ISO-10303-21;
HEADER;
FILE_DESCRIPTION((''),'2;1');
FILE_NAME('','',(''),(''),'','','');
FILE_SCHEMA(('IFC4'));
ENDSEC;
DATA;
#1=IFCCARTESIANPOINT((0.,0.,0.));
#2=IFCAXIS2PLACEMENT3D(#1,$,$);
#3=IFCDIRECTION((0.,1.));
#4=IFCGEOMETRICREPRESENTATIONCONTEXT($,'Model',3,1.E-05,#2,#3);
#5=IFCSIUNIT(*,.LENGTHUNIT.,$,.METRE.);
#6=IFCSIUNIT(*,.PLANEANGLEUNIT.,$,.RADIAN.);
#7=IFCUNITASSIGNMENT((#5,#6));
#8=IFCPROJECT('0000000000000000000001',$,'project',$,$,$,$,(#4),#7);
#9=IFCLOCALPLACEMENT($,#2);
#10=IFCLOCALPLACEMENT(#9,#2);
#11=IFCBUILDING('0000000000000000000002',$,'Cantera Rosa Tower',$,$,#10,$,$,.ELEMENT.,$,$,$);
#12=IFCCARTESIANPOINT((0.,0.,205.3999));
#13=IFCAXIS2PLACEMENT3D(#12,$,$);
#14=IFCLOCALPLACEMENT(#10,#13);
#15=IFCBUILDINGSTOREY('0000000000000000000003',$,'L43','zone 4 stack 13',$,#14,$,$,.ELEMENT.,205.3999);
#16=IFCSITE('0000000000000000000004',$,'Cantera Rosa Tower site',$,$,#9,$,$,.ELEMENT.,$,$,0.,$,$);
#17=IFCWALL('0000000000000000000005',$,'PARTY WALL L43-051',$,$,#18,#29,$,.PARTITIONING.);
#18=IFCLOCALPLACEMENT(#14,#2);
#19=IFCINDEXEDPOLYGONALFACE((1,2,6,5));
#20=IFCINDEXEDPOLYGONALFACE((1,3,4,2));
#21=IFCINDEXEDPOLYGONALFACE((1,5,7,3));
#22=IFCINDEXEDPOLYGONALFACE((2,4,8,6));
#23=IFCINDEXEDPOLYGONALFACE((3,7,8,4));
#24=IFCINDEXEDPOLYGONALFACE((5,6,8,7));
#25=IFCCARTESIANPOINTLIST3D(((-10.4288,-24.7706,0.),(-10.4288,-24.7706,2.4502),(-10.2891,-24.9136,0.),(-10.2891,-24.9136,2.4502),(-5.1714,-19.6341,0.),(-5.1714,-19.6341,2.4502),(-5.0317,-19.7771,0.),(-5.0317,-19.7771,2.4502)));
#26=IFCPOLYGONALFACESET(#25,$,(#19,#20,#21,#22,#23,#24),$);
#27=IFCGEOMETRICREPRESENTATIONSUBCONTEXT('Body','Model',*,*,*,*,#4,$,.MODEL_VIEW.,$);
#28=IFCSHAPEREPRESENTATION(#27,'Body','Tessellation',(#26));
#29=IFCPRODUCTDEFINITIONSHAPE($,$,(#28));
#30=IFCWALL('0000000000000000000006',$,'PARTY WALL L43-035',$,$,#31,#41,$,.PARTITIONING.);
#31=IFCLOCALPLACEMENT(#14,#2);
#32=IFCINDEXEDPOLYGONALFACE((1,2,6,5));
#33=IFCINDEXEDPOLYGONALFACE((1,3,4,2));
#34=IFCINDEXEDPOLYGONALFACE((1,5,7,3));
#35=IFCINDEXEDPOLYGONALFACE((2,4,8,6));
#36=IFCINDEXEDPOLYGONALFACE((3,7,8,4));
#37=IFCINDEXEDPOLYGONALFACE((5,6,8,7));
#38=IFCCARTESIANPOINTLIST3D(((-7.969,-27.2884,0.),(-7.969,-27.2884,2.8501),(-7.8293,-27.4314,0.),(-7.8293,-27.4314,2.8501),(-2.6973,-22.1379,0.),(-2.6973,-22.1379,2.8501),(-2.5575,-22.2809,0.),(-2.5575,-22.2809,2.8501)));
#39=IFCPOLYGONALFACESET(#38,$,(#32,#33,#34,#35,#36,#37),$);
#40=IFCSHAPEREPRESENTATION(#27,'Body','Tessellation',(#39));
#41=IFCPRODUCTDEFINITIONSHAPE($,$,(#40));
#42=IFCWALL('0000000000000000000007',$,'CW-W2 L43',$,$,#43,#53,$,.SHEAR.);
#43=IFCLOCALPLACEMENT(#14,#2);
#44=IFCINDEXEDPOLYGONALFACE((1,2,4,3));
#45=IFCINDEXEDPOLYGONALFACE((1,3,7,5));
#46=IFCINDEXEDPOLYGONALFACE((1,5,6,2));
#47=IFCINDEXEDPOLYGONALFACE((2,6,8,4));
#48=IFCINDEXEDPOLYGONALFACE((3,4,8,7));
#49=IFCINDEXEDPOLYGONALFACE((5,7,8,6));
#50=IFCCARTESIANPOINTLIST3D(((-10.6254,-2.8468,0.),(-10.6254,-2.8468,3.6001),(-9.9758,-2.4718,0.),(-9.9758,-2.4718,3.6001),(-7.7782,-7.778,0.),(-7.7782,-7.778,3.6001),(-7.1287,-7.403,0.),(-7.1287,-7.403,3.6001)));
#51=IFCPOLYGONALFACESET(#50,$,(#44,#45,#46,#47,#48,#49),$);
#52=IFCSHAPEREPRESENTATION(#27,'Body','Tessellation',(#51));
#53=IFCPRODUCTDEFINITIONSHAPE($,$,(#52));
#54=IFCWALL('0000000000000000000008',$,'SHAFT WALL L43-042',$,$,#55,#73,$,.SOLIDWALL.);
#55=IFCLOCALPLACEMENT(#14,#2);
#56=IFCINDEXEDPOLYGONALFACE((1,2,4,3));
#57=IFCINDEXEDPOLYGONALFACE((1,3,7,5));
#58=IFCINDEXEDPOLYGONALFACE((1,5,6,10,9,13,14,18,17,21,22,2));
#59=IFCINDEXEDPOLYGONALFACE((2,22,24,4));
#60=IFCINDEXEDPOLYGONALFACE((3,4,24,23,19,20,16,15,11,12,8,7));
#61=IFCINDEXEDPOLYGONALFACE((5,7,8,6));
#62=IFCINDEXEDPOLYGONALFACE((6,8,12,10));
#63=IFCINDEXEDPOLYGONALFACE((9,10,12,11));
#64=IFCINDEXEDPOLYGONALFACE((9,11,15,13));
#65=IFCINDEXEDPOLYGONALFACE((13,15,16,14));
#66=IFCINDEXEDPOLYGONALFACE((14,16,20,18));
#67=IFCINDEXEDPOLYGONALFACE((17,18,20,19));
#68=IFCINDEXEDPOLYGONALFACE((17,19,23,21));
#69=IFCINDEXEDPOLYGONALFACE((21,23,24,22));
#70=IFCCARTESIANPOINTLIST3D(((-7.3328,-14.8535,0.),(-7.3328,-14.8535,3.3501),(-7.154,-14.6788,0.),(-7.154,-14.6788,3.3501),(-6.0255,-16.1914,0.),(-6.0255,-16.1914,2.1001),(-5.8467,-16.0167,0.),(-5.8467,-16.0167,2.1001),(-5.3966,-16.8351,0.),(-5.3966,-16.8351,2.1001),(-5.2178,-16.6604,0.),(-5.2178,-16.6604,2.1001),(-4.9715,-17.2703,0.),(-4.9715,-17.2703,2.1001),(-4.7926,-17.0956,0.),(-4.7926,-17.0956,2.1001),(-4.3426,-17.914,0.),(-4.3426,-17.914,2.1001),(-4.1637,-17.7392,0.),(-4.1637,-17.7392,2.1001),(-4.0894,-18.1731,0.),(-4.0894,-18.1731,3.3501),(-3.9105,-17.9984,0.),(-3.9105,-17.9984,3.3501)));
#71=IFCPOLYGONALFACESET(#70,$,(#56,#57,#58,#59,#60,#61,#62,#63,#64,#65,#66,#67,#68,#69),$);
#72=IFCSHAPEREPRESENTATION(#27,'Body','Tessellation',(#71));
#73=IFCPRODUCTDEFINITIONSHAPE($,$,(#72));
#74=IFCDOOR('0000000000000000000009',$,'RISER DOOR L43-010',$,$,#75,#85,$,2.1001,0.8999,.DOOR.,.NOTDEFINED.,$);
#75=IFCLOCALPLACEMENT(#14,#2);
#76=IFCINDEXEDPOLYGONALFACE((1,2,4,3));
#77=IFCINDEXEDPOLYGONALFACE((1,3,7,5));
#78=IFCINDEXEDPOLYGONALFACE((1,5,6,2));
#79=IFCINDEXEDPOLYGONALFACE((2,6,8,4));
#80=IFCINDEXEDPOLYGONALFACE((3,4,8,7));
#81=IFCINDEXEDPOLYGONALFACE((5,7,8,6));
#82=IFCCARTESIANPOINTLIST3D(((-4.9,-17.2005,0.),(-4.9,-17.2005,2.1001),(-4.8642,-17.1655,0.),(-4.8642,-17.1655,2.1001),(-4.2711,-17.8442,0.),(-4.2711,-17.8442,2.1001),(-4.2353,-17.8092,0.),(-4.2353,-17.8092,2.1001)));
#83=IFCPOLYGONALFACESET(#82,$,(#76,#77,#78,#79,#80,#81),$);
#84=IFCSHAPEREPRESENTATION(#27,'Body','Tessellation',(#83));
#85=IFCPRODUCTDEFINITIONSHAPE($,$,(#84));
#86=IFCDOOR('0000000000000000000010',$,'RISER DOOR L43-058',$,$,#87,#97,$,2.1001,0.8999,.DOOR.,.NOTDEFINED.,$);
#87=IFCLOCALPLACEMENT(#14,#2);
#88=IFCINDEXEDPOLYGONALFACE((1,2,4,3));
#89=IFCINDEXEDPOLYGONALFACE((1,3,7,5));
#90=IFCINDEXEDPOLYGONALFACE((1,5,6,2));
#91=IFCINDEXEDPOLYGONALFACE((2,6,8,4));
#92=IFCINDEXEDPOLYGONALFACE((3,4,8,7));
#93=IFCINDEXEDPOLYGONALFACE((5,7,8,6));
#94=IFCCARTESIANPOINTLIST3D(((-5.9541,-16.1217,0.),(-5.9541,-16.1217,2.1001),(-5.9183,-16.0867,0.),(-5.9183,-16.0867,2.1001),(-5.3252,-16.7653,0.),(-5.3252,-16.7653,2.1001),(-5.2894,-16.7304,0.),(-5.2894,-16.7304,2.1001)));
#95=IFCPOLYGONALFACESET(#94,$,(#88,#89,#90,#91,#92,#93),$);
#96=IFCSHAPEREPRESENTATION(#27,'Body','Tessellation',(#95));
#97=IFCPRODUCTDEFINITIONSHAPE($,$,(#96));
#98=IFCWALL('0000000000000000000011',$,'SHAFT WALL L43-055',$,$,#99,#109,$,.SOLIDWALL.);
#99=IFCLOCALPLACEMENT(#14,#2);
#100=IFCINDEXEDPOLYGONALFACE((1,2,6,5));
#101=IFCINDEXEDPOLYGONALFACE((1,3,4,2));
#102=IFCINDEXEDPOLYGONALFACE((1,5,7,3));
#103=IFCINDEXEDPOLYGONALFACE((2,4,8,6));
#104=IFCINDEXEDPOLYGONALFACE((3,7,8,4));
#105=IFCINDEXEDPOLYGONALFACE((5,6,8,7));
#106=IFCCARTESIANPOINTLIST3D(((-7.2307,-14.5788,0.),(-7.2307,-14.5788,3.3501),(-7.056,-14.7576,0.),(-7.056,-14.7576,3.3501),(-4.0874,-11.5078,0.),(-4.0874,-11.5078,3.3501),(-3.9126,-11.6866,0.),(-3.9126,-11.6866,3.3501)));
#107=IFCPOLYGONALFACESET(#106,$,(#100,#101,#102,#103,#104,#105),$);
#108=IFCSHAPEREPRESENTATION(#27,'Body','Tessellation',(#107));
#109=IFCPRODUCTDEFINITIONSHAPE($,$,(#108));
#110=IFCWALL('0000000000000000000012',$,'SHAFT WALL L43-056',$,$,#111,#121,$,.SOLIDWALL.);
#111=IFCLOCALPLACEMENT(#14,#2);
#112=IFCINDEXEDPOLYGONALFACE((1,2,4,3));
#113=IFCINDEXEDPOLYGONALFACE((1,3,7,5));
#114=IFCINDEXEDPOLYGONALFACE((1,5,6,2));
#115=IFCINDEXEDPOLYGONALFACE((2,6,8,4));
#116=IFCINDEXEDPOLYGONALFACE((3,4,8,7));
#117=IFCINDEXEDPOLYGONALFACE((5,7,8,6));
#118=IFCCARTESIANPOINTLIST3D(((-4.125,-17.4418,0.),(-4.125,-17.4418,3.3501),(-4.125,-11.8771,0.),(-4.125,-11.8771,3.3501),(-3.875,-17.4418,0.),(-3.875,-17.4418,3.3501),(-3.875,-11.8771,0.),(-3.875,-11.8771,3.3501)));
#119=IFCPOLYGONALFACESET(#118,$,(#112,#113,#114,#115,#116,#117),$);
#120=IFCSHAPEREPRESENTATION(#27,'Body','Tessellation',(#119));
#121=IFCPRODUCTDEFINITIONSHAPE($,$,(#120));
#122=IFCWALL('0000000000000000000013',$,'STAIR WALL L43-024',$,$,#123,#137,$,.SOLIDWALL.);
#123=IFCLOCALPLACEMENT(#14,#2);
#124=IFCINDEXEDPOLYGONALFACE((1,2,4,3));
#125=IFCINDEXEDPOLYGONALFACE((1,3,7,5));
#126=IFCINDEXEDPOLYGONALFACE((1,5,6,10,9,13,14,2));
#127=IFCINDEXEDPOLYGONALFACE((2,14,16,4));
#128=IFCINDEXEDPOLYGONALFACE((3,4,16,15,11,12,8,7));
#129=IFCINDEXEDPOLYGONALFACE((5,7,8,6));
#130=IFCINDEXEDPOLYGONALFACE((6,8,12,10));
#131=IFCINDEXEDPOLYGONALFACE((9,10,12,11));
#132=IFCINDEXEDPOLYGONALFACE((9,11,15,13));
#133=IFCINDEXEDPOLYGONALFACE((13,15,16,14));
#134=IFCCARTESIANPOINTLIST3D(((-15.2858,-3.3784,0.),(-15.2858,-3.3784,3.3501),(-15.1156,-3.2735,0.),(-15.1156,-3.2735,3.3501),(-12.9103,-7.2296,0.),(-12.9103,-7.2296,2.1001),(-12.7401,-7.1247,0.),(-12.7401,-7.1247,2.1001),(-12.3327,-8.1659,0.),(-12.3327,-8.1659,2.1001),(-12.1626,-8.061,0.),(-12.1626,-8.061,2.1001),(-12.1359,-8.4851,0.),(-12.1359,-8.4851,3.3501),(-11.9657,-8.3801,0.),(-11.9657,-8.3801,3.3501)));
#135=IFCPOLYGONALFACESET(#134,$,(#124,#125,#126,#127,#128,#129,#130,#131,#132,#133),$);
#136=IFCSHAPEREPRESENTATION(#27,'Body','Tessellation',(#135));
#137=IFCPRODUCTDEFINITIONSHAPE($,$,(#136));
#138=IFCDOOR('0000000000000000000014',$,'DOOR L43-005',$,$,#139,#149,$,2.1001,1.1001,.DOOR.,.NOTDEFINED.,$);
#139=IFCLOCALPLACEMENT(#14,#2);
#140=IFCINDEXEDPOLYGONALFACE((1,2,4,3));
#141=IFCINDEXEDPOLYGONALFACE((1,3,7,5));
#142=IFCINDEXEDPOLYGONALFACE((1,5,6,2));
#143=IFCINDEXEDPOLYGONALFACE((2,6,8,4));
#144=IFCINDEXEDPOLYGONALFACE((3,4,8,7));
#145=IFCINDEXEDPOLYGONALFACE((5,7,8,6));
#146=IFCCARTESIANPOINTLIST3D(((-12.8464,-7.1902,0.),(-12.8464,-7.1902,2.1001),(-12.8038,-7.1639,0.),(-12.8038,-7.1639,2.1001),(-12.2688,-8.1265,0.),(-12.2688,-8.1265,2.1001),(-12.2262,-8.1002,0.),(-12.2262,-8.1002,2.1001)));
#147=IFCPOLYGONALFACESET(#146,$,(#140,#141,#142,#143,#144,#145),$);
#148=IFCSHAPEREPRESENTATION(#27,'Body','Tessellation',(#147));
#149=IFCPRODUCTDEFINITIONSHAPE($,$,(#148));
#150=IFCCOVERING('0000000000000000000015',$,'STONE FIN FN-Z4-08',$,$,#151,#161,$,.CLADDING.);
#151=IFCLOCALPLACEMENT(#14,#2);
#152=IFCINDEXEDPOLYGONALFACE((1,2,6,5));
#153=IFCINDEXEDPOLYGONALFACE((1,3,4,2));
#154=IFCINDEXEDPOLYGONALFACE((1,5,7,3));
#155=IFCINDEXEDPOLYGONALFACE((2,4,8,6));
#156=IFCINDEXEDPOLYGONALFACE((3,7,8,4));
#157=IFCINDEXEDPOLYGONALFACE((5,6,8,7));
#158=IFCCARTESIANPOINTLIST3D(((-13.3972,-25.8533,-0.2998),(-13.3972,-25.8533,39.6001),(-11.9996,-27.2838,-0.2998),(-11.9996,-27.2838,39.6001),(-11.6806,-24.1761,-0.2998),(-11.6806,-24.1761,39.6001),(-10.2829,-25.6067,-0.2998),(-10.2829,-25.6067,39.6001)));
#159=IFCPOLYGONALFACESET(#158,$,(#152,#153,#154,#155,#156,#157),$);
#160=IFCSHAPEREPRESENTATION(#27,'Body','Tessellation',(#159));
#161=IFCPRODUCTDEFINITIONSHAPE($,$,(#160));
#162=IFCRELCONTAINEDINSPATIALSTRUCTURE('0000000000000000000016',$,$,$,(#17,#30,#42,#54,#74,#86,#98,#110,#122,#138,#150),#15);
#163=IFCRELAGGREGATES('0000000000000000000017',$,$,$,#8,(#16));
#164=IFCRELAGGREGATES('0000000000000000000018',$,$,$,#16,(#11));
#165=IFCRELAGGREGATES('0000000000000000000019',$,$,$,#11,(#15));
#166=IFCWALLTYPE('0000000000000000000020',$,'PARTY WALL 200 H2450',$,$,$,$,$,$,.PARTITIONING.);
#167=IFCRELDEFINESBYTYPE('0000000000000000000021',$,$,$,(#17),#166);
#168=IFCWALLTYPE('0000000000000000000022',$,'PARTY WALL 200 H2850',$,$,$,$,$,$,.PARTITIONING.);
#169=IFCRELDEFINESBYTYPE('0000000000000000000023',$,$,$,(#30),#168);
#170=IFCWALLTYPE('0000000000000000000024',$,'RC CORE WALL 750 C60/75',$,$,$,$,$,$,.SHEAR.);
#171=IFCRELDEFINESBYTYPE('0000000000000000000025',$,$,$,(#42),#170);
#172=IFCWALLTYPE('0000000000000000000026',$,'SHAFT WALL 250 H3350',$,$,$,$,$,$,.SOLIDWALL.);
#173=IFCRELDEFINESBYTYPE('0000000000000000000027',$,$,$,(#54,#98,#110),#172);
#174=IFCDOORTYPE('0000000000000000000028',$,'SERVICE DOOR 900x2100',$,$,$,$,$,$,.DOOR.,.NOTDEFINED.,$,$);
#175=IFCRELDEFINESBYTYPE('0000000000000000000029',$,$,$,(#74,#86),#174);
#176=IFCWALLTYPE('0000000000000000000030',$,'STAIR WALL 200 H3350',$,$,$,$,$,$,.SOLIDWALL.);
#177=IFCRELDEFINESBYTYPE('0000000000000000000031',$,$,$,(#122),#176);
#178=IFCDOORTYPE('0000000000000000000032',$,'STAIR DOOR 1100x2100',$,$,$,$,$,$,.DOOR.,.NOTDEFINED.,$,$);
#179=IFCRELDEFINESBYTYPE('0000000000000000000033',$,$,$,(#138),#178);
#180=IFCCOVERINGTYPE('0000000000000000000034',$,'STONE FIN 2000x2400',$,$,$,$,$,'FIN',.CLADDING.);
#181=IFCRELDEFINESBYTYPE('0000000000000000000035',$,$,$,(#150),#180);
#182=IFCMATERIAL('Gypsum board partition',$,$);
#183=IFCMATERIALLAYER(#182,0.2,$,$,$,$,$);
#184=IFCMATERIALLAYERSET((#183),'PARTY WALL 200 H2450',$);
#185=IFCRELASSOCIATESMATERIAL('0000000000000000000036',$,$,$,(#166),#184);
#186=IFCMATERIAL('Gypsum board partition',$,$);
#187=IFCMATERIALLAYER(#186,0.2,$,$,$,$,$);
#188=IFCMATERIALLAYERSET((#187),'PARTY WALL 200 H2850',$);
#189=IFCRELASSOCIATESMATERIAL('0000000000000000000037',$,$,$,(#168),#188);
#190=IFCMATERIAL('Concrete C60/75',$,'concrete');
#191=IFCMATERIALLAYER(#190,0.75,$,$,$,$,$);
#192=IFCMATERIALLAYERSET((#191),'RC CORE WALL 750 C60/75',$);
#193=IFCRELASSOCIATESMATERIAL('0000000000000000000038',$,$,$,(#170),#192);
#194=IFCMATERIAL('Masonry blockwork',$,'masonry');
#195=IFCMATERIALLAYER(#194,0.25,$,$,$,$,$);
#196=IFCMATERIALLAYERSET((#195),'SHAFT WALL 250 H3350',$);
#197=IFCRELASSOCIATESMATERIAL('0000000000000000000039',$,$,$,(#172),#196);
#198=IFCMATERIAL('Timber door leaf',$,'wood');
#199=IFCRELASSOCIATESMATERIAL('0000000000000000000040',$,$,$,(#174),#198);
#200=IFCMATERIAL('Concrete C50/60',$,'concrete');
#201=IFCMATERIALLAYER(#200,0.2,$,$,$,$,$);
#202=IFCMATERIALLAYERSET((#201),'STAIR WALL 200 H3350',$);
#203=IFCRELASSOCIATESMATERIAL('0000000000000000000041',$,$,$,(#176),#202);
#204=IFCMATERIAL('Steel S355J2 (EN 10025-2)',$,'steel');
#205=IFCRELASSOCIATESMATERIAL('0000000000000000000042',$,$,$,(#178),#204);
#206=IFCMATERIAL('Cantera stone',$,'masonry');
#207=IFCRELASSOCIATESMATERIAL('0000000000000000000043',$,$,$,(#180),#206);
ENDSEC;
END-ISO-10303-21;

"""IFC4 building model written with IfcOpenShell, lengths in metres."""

from ifc_helpers import new_model, si_unit, direction, frame, frame_2d, origin, origin_2d, place, context, subcontext, project, spatial, rectangle, extrude, material, layer, layer_set, type_object, element, fill, save


model = new_model("IFC4")

# Units and contexts
model_context = context("Model", 3, precision=1e-05, world=origin(), true_north=direction((0.0, 1.0)))
body_context = subcontext(model_context, "Body", "Model", "MODEL_VIEW")
ifc_project = project(units=[si_unit("LENGTHUNIT", "METRE"), si_unit("PLANEANGLEUNIT", "RADIAN")], contexts=[model_context])

# Site, building, storey
site_placement = place(None, origin())
site = spatial("IfcSite", under=ifc_project, at=site_placement, Name="Cantera Rosa Tower site", CompositionType="ELEMENT", RefElevation=0.0)
building_placement = place(site_placement, origin())
building = spatial("IfcBuilding", under=site, at=building_placement, Name="Cantera Rosa Tower", CompositionType="ELEMENT")
storey_placement = place(building_placement, frame((0.0, 0.0, 205.3999)))
storey = spatial("IfcBuildingStorey", under=building, at=storey_placement, Name="L43", Description="zone 4 stack 13", CompositionType="ELEMENT", Elevation=205.3999)

# Walls
ifc_material_1 = material(Name="Gypsum board partition")
ifc_layer_1 = layer(ifc_material_1, 0.2)
ifc_layer_set_1 = layer_set([ifc_layer_1], Name="PARTY WALL 200 H2450")
wall_type_1 = type_object("IfcWallType", Name="PARTY WALL 200 H2450", PredefinedType="PARTITIONING", material=ifc_layer_set_1)
wall_1_placement = place(storey_placement, frame((-5.1016, -19.7056, 0.0), z_axis=(0.0, 0.0, 1.0), x_axis=(-0.71528, -0.698838, 0.0)))
element("IfcWall", 1, at=wall_1_placement, inside=storey, type_object=wall_type_1, Name="PARTY WALL L43-051", PredefinedType="PARTITIONING", context=body_context, shape_type="SweptSolid", body=[
    extrude(rectangle(XDim=7.3501, YDim=0.2, at=frame_2d((3.675, 0.0))), origin(), (0.0, 0.0, 1.0), 2.4502),
])
ifc_material_2 = material(Name="Gypsum board partition")
ifc_layer_2 = layer(ifc_material_2, 0.2)
ifc_layer_set_2 = layer_set([ifc_layer_2], Name="PARTY WALL 200 H2850")
wall_type_2 = type_object("IfcWallType", Name="PARTY WALL 200 H2850", PredefinedType="PARTITIONING", material=ifc_layer_set_2)
wall_2_placement = place(storey_placement, frame((-7.8992, -27.3599, 0.0), z_axis=(0.0, 0.0, 1.0), x_axis=(0.715291, 0.698827, 0.0)))
element("IfcWall", 2, at=wall_2_placement, inside=storey, type_object=wall_type_2, Name="PARTY WALL L43-035", PredefinedType="PARTITIONING", context=body_context, shape_type="SweptSolid", body=[
    extrude(rectangle(XDim=7.3701, YDim=0.2, at=frame_2d((3.6851, 0.0))), origin(), (0.0, 0.0, 1.0), 2.8501),
])
ifc_material_3 = material(Name="Concrete C60/75", Category="concrete")
ifc_layer_3 = layer(ifc_material_3, 0.75)
ifc_layer_set_3 = layer_set([ifc_layer_3], Name="RC CORE WALL 750 C60/75")
wall_type_3 = type_object("IfcWallType", Name="RC CORE WALL 750 C60/75", PredefinedType="SHEAR", material=ifc_layer_set_3)
wall_3_placement = place(storey_placement, frame((-7.4534, -7.5906, 0.0), z_axis=(0.0, 0.0, 1.0), x_axis=(-0.500022, 0.866013, 0.0)))
element("IfcWall", 3, at=wall_3_placement, inside=storey, type_object=wall_type_3, Name="CW-W2 L43", PredefinedType="SHEAR", context=body_context, shape_type="SweptSolid", body=[
    extrude(rectangle(XDim=5.6941, YDim=0.75, at=frame_2d((2.8472, 0.0))), origin(), (0.0, 0.0, 1.0), 3.6001),
])

# Wall, openings, doors
ifc_material_4 = material(Name="Masonry blockwork", Category="masonry")
ifc_layer_4 = layer(ifc_material_4, 0.25)
ifc_layer_set_4 = layer_set([ifc_layer_4], Name="SHAFT WALL 250 H3350")
wall_type_4 = type_object("IfcWallType", Name="SHAFT WALL 250 H3350", PredefinedType="SOLIDWALL", material=ifc_layer_set_4)
wall_4_placement = place(storey_placement, frame((-7.2434, -14.7661, 0.0), z_axis=(0.0, 0.0, 1.0), x_axis=(0.698853, -0.715265, 0.0)))
wall_4 = element("IfcWall", 4, at=wall_4_placement, inside=storey, type_object=wall_type_4, Name="SHAFT WALL L43-042", PredefinedType="SOLIDWALL", context=body_context, shape_type="SweptSolid", body=[
    extrude(rectangle(XDim=4.6411, YDim=0.25, at=frame_2d((2.3206, 0.0))), origin(), (0.0, 0.0, 1.0), 3.3501),
])
opening_1_placement = place(wall_4_placement, frame((3.3789, 0.0, 0.0)))
opening_1 = element("IfcOpeningElement", 5, at=opening_1_placement, cuts=wall_4, PredefinedType="OPENING", context=body_context, shape_type="SweptSolid", body=[
    extrude(rectangle(XDim=0.8999, YDim=2.1001, at=frame_2d((0.45, 1.05))), frame((0.0, 0.135, 0.0), z_axis=(0.0, -1.0, 0.0), x_axis=(1.0, 0.0, 0.0)), (0.0, 0.0, 1.0), 0.27),
])
opening_2_placement = place(wall_4_placement, frame((1.8706, 0.0, 0.0)))
opening_2 = element("IfcOpeningElement", 6, at=opening_2_placement, cuts=wall_4, PredefinedType="OPENING", context=body_context, shape_type="SweptSolid", body=[
    extrude(rectangle(XDim=0.8999, YDim=2.1001, at=frame_2d((0.45, 1.05))), frame((0.0, 0.135, 0.0), z_axis=(0.0, -1.0, 0.0), x_axis=(1.0, 0.0, 0.0)), (0.0, 0.0, 1.0), 0.27),
])
ifc_material_5 = material(Name="Timber door leaf", Category="wood")
door_type_1 = type_object("IfcDoorType", Name="SERVICE DOOR 900x2100", OperationType="NOTDEFINED", PredefinedType="DOOR", material=ifc_material_5)
door_1_placement = place(opening_1_placement, origin())
door_1 = element("IfcDoor", 7, at=door_1_placement, inside=storey, type_object=door_type_1, Name="RISER DOOR L43-010", OperationType="NOTDEFINED", OverallHeight=2.1001, OverallWidth=0.8999, PredefinedType="DOOR", context=body_context, shape_type="SweptSolid", body=[
    extrude(rectangle(XDim=0.8999, YDim=2.1001, at=frame_2d((0.45, 1.05))), frame((0.0, 0.0249, 0.0), z_axis=(0.0, -1.0, 0.0), x_axis=(1.0, 0.0, 0.0)), (0.0, 0.0, 1.0), 0.05),
])
fill(opening_1, door_1)
door_2_placement = place(opening_2_placement, origin())
door_2 = element("IfcDoor", 8, at=door_2_placement, inside=storey, type_object=door_type_1, Name="RISER DOOR L43-058", OperationType="NOTDEFINED", OverallHeight=2.1001, OverallWidth=0.8999, PredefinedType="DOOR", context=body_context, shape_type="SweptSolid", body=[
    extrude(rectangle(XDim=0.8999, YDim=2.1001, at=frame_2d((0.45, 1.05))), frame((0.0, 0.0249, 0.0), z_axis=(0.0, -1.0, 0.0), x_axis=(1.0, 0.0, 0.0)), (0.0, 0.0, 1.0), 0.05),
])
fill(opening_2, door_2)

# Walls
wall_5_placement = place(storey_placement, frame((-4.0, -11.5972, 0.0), z_axis=(0.0, 0.0, 1.0), x_axis=(-0.715281, -0.698837, 0.0)))
element("IfcWall", 9, at=wall_5_placement, inside=storey, type_object=wall_type_4, Name="SHAFT WALL L43-055", PredefinedType="SOLIDWALL", context=body_context, shape_type="SweptSolid", body=[
    extrude(rectangle(XDim=4.3945, YDim=0.25, at=frame_2d((2.1973, 0.0))), origin(), (0.0, 0.0, 1.0), 3.3501),
])
wall_6_placement = place(storey_placement, frame((-4.0, -11.8772, 0.0), z_axis=(0.0, 0.0, 1.0), x_axis=(0.0, -1.0, 0.0)))
element("IfcWall", 10, at=wall_6_placement, inside=storey, type_object=wall_type_4, Name="SHAFT WALL L43-056", PredefinedType="SOLIDWALL", context=body_context, shape_type="SweptSolid", body=[
    extrude(rectangle(XDim=5.5647, YDim=0.25, at=frame_2d((2.7822, 0.0))), origin(), (0.0, 0.0, 1.0), 3.3501),
])

# Wall, opening, door
ifc_material_6 = material(Name="Concrete C50/60", Category="concrete")
ifc_layer_5 = layer(ifc_material_6, 0.2)
ifc_layer_set_5 = layer_set([ifc_layer_5], Name="STAIR WALL 200 H3350")
wall_type_5 = type_object("IfcWallType", Name="STAIR WALL 200 H3350", PredefinedType="SOLIDWALL", material=ifc_layer_set_5)
wall_7_placement = place(storey_placement, frame((-12.0508, -8.4326, 0.0), z_axis=(0.0, 0.0, 1.0), x_axis=(-0.524983, 0.851113, 0.0)))
wall_7 = element("IfcWall", 11, at=wall_7_placement, inside=storey, type_object=wall_type_5, Name="STAIR WALL L43-024", PredefinedType="SOLIDWALL", context=body_context, shape_type="SweptSolid", body=[
    extrude(rectangle(XDim=6.0, YDim=0.2, at=frame_2d((3.0, 0.0))), origin(), (0.0, 0.0, 1.0), 3.3501),
])
opening_3_placement = place(wall_7_placement, frame((0.375, 0.0, 0.0)))
opening_3 = element("IfcOpeningElement", 12, at=opening_3_placement, cuts=wall_7, PredefinedType="OPENING", context=body_context, shape_type="SweptSolid", body=[
    extrude(rectangle(XDim=1.1001, YDim=2.1001, at=frame_2d((0.55, 1.05))), frame((0.0, 0.1099, 0.0), z_axis=(0.0, -1.0, 0.0), x_axis=(1.0, 0.0, 0.0)), (0.0, 0.0, 1.0), 0.22),
])
ifc_material_7 = material(Name="Steel S355J2 (EN 10025-2)", Category="steel")
door_type_2 = type_object("IfcDoorType", Name="STAIR DOOR 1100x2100", OperationType="NOTDEFINED", PredefinedType="DOOR", material=ifc_material_7)
door_3_placement = place(opening_3_placement, origin())
door_3 = element("IfcDoor", 13, at=door_3_placement, inside=storey, type_object=door_type_2, Name="DOOR L43-005", OperationType="NOTDEFINED", OverallHeight=2.1001, OverallWidth=1.1001, PredefinedType="DOOR", context=body_context, shape_type="SweptSolid", body=[
    extrude(rectangle(XDim=1.1001, YDim=2.1001, at=frame_2d((0.55, 1.05))), frame((0.0, 0.0249, 0.0), z_axis=(0.0, -1.0, 0.0), x_axis=(1.0, 0.0, 0.0)), (0.0, 0.0, 1.0), 0.05),
])
fill(opening_3, door_3)

# Covering
ifc_material_8 = material(Name="Cantera stone", Category="masonry")
covering_type = type_object("IfcCoveringType", Name="STONE FIN 2000x2400", ElementType="FIN", PredefinedType="CLADDING", material=ifc_material_8)
covering_placement = place(storey_placement, frame((-11.8401, -25.73, -0.2998), z_axis=(0.0, 0.0, 1.0), x_axis=(0.698832, -0.715286, 0.0)))
element("IfcCovering", 14, at=covering_placement, inside=storey, type_object=covering_type, Name="STONE FIN FN-Z4-08", PredefinedType="CLADDING", context=body_context, shape_type="SweptSolid", body=[
    extrude(rectangle(XDim=2.0, YDim=2.3999, at=origin_2d()), origin(), (0.0, 0.0, 1.0), 39.8999),
])

save(model, "model.ifc")
